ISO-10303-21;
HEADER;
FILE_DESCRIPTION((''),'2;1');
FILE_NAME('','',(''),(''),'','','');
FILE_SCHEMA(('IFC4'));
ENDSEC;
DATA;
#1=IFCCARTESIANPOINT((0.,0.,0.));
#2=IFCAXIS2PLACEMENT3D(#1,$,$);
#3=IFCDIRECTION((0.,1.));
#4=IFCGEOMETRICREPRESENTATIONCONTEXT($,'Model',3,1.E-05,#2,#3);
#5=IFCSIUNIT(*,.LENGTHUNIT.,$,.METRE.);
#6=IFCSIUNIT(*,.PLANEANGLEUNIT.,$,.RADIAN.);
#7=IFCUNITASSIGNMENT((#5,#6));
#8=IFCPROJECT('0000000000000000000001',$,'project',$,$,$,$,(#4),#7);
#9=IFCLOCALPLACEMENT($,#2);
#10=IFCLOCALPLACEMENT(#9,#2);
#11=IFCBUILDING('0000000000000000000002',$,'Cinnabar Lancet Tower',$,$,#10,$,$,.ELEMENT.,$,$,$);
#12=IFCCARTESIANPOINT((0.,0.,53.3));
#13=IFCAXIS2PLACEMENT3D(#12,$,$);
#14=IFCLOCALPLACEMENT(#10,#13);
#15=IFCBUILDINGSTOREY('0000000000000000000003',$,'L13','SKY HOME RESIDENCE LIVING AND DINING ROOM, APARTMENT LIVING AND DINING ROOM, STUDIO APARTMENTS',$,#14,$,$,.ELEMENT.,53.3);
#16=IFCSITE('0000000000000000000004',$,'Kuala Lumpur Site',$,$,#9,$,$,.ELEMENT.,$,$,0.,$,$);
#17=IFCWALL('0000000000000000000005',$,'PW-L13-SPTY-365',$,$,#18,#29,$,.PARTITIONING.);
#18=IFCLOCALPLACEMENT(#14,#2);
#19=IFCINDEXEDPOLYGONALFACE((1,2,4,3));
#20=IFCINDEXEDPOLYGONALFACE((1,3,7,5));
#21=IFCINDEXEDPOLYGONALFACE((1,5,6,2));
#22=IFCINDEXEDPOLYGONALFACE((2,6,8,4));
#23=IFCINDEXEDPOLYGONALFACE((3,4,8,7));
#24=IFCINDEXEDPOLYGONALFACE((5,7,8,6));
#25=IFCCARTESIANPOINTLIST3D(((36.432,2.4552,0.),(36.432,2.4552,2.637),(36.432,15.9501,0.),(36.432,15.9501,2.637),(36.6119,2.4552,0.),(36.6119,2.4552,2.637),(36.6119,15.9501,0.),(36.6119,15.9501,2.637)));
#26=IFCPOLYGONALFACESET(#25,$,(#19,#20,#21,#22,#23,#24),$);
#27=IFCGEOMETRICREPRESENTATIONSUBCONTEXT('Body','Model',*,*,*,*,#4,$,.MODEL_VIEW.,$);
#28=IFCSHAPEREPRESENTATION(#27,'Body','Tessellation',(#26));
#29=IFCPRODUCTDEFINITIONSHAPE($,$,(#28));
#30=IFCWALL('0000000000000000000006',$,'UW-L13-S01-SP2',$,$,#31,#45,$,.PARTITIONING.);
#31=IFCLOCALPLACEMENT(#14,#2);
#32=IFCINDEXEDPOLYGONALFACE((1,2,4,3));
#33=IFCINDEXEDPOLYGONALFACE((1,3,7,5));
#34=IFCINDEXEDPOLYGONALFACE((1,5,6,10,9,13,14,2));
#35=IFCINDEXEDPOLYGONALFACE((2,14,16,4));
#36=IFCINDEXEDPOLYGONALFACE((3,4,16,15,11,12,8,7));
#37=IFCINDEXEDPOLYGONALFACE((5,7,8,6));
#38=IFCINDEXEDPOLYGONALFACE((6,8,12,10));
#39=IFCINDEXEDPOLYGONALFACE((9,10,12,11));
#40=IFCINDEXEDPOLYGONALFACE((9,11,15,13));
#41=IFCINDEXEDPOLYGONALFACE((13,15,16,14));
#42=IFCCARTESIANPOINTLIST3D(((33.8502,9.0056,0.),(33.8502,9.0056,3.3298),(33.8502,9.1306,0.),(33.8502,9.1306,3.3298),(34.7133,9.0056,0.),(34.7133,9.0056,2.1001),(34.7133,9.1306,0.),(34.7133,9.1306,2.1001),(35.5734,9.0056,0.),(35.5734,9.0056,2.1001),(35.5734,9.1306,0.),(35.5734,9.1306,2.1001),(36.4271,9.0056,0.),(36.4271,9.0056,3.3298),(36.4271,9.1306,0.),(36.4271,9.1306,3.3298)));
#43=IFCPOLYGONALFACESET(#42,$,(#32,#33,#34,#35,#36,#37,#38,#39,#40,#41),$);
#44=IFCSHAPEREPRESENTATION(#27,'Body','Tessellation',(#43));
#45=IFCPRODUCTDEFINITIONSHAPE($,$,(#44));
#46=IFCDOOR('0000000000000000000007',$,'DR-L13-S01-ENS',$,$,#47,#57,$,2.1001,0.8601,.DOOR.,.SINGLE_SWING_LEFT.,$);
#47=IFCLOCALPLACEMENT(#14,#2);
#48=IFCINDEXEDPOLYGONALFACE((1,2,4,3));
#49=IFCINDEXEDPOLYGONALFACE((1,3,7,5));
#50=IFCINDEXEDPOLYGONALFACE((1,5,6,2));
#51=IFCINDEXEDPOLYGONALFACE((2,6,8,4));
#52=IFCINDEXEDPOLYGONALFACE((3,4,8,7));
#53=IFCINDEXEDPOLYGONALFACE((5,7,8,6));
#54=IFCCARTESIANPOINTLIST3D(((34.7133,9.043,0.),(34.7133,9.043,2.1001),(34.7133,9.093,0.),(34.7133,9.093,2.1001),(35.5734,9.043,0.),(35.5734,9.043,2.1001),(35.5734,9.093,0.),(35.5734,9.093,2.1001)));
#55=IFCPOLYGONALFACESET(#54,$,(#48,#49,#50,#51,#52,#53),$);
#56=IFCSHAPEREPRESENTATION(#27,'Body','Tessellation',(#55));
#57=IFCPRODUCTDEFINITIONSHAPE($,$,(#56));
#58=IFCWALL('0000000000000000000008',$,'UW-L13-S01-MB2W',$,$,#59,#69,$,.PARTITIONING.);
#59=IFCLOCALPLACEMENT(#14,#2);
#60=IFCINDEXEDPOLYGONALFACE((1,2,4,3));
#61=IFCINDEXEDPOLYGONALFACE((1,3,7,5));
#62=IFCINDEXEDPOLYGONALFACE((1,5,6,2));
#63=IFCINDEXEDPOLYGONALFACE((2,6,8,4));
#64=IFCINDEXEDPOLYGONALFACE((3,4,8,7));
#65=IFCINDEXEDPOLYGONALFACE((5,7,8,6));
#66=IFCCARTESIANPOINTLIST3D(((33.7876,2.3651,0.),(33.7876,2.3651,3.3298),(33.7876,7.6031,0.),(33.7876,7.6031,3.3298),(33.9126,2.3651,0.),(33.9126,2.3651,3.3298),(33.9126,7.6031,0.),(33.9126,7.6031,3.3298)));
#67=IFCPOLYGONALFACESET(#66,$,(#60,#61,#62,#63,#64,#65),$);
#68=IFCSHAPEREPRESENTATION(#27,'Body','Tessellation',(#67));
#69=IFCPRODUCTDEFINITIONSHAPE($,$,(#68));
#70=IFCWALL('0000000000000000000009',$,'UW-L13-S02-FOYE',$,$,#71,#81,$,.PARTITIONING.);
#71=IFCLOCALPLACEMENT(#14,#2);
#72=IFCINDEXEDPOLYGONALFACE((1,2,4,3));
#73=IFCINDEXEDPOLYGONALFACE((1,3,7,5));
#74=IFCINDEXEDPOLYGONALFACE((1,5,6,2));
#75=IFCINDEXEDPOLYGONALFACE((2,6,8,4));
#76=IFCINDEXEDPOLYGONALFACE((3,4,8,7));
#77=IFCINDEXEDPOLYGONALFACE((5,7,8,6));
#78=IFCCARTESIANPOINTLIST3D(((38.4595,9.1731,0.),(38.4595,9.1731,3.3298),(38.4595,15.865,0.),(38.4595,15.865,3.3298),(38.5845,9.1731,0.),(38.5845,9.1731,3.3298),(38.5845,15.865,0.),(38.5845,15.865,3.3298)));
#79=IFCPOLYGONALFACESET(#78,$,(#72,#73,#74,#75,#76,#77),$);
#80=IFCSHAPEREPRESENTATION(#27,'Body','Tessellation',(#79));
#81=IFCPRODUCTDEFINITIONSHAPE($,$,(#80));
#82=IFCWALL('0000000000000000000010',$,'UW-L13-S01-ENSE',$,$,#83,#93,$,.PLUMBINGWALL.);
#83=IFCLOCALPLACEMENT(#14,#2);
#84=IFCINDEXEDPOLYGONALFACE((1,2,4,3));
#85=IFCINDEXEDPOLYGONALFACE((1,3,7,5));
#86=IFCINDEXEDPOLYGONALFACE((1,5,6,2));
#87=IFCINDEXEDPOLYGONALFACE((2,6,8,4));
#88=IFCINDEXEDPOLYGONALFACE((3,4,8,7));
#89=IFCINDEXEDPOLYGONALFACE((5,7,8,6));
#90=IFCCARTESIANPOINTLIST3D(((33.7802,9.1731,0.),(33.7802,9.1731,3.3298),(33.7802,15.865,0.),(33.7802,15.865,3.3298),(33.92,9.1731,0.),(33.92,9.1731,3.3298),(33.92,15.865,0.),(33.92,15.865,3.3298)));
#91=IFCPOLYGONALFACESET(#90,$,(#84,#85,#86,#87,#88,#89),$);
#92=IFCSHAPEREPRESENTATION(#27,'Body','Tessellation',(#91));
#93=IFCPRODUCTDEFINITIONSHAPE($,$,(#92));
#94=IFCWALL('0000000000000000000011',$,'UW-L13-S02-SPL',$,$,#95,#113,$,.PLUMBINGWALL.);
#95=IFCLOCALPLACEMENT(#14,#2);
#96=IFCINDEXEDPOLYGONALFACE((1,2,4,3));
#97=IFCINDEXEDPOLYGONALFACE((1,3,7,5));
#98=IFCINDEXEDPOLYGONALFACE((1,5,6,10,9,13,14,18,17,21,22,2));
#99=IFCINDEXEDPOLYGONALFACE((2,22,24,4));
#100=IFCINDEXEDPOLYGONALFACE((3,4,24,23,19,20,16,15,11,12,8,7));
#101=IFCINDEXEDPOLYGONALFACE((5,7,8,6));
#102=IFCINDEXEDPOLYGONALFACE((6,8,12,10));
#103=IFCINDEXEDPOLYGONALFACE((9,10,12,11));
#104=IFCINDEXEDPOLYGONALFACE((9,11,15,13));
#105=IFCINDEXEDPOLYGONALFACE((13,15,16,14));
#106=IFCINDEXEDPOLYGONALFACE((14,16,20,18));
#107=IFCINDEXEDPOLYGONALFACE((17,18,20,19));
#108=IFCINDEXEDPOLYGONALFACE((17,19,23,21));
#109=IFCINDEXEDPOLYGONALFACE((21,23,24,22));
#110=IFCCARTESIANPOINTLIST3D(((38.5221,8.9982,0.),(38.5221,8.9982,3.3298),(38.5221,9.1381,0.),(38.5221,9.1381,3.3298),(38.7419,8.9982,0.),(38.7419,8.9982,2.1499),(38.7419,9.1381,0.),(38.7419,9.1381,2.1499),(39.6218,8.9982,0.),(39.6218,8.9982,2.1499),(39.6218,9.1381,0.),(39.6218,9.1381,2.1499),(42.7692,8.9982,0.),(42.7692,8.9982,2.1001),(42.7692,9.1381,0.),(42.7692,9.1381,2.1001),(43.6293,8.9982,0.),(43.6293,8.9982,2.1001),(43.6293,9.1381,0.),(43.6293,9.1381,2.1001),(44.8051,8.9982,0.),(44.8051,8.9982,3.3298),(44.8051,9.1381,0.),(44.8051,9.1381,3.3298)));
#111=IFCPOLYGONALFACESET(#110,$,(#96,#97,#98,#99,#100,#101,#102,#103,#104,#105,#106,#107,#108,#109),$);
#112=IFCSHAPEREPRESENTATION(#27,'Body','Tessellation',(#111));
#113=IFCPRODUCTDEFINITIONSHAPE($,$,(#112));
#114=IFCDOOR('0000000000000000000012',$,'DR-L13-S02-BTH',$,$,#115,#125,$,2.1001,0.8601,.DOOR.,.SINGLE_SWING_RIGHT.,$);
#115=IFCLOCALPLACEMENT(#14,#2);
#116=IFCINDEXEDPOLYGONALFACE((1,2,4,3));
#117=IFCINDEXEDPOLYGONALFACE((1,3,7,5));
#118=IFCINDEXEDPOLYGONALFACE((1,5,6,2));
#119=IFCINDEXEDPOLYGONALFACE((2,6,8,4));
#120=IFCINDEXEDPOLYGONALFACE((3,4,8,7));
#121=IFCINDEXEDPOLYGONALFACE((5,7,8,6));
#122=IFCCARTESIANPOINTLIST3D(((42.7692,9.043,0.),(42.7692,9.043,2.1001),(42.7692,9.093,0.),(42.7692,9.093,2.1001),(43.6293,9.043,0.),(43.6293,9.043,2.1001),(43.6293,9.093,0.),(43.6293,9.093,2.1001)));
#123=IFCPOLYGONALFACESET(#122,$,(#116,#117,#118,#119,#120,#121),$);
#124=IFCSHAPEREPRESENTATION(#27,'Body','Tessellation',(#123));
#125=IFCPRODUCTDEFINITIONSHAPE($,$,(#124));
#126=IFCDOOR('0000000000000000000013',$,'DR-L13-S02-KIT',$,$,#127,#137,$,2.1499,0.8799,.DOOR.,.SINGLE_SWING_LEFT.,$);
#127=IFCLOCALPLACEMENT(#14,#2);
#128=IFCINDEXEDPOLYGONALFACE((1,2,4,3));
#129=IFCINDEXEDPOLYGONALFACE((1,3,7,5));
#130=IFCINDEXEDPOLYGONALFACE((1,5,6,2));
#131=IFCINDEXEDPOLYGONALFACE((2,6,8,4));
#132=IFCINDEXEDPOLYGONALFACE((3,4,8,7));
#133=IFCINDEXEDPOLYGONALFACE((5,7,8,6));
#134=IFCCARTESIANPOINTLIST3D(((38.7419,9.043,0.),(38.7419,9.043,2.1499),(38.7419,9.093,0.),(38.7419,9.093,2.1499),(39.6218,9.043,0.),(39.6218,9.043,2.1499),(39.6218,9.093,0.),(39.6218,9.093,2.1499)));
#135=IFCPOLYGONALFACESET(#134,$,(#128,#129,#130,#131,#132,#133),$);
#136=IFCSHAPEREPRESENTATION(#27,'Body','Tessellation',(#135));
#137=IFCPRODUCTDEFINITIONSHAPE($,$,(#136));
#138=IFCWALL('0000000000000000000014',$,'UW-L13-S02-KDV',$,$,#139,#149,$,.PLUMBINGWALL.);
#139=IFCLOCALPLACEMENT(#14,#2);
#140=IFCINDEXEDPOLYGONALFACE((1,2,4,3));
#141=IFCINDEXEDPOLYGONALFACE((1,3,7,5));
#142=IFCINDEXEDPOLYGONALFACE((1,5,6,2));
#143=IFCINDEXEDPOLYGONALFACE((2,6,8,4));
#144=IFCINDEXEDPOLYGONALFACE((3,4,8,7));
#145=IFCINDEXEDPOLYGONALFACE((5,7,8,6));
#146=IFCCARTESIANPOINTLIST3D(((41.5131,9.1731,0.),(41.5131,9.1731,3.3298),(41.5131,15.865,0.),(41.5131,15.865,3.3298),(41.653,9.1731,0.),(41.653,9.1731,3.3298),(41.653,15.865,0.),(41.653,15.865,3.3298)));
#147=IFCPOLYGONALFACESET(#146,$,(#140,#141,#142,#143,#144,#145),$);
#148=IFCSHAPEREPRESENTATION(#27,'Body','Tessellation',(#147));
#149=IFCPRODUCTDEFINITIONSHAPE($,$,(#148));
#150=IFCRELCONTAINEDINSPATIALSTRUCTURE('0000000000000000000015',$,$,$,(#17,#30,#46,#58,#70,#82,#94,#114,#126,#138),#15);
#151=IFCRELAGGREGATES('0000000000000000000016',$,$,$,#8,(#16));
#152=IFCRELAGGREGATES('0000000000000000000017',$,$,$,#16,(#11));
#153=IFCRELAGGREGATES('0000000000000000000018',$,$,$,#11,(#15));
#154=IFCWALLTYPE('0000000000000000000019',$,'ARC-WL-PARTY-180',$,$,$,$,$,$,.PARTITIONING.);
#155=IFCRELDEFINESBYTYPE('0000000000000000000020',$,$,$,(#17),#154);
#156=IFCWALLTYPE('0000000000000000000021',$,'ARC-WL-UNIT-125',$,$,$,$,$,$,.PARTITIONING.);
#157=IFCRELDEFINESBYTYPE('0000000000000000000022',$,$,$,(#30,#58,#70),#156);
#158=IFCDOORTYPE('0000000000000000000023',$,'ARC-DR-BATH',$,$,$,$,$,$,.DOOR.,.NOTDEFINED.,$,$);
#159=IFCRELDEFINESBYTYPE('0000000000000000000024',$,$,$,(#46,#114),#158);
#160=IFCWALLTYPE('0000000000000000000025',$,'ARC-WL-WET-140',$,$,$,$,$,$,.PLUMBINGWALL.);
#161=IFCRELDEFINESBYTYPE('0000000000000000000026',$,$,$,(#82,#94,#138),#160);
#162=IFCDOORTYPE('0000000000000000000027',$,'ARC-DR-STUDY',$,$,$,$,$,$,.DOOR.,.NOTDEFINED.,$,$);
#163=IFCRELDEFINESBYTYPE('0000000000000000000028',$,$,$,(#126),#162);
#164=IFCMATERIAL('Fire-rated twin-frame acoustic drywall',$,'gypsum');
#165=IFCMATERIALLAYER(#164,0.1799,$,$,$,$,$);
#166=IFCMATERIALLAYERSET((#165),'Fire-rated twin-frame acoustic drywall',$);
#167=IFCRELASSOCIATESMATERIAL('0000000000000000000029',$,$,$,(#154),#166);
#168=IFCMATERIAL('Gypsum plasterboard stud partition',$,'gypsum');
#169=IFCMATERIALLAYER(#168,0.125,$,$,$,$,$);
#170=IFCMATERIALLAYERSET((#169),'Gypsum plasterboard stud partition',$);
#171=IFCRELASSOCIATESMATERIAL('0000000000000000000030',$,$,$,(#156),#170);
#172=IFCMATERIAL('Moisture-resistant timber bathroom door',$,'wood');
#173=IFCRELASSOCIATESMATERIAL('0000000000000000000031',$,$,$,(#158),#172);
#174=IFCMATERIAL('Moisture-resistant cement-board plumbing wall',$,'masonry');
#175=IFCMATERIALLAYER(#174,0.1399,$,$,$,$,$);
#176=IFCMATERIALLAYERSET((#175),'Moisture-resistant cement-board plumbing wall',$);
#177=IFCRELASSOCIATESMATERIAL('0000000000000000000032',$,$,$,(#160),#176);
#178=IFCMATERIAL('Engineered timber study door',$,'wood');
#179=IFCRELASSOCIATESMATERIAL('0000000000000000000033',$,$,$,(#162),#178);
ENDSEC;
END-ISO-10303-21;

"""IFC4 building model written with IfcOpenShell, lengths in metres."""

from ifc_helpers import new_model, si_unit, direction, frame, frame_2d, origin, place, context, subcontext, project, spatial, rectangle, extrude, material, layer, layer_set, type_object, element, fill, save


model = new_model("IFC4")

# Units and contexts
model_context = context("Model", 3, precision=1e-05, world=origin(), true_north=direction((0.0, 1.0)))
body_context = subcontext(model_context, "Body", "Model", "MODEL_VIEW")
ifc_project = project(units=[si_unit("LENGTHUNIT", "METRE"), si_unit("PLANEANGLEUNIT", "RADIAN")], contexts=[model_context])

# Site, building, storey
site_placement = place(None, origin())
site = spatial("IfcSite", under=ifc_project, at=site_placement, Name="Kuala Lumpur Site", CompositionType="ELEMENT", RefElevation=0.0)
building_placement = place(site_placement, origin())
building = spatial("IfcBuilding", under=site, at=building_placement, Name="Cinnabar Lancet Tower", CompositionType="ELEMENT")
storey_placement = place(building_placement, frame((0.0, 0.0, 53.3)))
storey = spatial("IfcBuildingStorey", under=building, at=storey_placement, Name="L13", Description="SKY HOME RESIDENCE LIVING AND DINING ROOM, APARTMENT LIVING AND DINING ROOM, STUDIO APARTMENTS", CompositionType="ELEMENT", Elevation=53.3)

# Wall
ifc_material_1 = material(Name="Fire-rated twin-frame acoustic drywall", Category="gypsum")
ifc_layer_1 = layer(ifc_material_1, 0.1799)
ifc_layer_set_1 = layer_set([ifc_layer_1], Name="Fire-rated twin-frame acoustic drywall")
wall_type_1 = type_object("IfcWallType", Name="ARC-WL-PARTY-180", PredefinedType="PARTITIONING", material=ifc_layer_set_1)
wall_1_placement = place(storey_placement, frame((36.522, 2.4551, 0.0), z_axis=(0.0, 0.0, 1.0), x_axis=(0.0, 1.0, 0.0)))
element("IfcWall", 1, at=wall_1_placement, inside=storey, type_object=wall_type_1, Name="PW-L13-SPTY-365", PredefinedType="PARTITIONING", context=body_context, shape_type="SweptSolid", body=[
    extrude(rectangle(XDim=13.4949, YDim=0.1799, at=frame_2d((6.7476, 0.0))), origin(), (0.0, 0.0, 1.0), 2.637),
])

# Wall, opening, door
ifc_material_2 = material(Name="Gypsum plasterboard stud partition", Category="gypsum")
ifc_layer_2 = layer(ifc_material_2, 0.125)
ifc_layer_set_2 = layer_set([ifc_layer_2], Name="Gypsum plasterboard stud partition")
wall_type_2 = type_object("IfcWallType", Name="ARC-WL-UNIT-125", PredefinedType="PARTITIONING", material=ifc_layer_set_2)
wall_2_placement = place(storey_placement, frame((33.8501, 9.0681, 0.0), z_axis=(0.0, 0.0, 1.0), x_axis=(1.0, 0.0, 0.0)))
wall_2 = element("IfcWall", 2, at=wall_2_placement, inside=storey, type_object=wall_type_2, Name="UW-L13-S01-SP2", PredefinedType="PARTITIONING", context=body_context, shape_type="SweptSolid", body=[
    extrude(rectangle(XDim=2.5769, YDim=0.125, at=frame_2d((1.2886, 0.0))), origin(), (0.0, 0.0, 1.0), 3.3298),
])
opening_1_placement = place(wall_2_placement, frame((0.863, 0.0, 0.0)))
opening_1 = element("IfcOpeningElement", 3, at=opening_1_placement, cuts=wall_2, PredefinedType="OPENING", context=body_context, shape_type="SweptSolid", body=[
    extrude(rectangle(XDim=0.8601, YDim=2.1001, at=frame_2d((0.4302, 1.05))), frame((0.0, 0.0725, 0.0), z_axis=(0.0, -1.0, 0.0), x_axis=(1.0, 0.0, 0.0)), (0.0, 0.0, 1.0), 0.145),
])
ifc_material_3 = material(Name="Moisture-resistant timber bathroom door", Category="wood")
door_type_1 = type_object("IfcDoorType", Name="ARC-DR-BATH", OperationType="NOTDEFINED", PredefinedType="DOOR", material=ifc_material_3)
door_1_placement = place(opening_1_placement, origin())
door_1 = element("IfcDoor", 4, at=door_1_placement, inside=storey, type_object=door_type_1, Name="DR-L13-S01-ENS", OperationType="SINGLE_SWING_LEFT", OverallHeight=2.1001, OverallWidth=0.8601, PredefinedType="DOOR", context=body_context, shape_type="SweptSolid", body=[
    extrude(rectangle(XDim=0.8601, YDim=2.1001, at=frame_2d((0.4302, 1.05))), frame((0.0, 0.0249, 0.0), z_axis=(0.0, -1.0, 0.0), x_axis=(1.0, 0.0, 0.0)), (0.0, 0.0, 1.0), 0.05),
])
fill(opening_1, door_1)

# Walls
wall_3_placement = place(storey_placement, frame((33.8501, 2.365, 0.0), z_axis=(0.0, 0.0, 1.0), x_axis=(0.0, 1.0, 0.0)))
element("IfcWall", 5, at=wall_3_placement, inside=storey, type_object=wall_type_2, Name="UW-L13-S01-MB2W", PredefinedType="PARTITIONING", context=body_context, shape_type="SweptSolid", body=[
    extrude(rectangle(XDim=5.238, YDim=0.125, at=frame_2d((2.6191, 0.0))), origin(), (0.0, 0.0, 1.0), 3.3298),
])
wall_4_placement = place(storey_placement, frame((38.522, 9.1731, 0.0), z_axis=(0.0, 0.0, 1.0), x_axis=(0.0, 1.0, 0.0)))
element("IfcWall", 6, at=wall_4_placement, inside=storey, type_object=wall_type_2, Name="UW-L13-S02-FOYE", PredefinedType="PARTITIONING", context=body_context, shape_type="SweptSolid", body=[
    extrude(rectangle(XDim=6.6919, YDim=0.125, at=frame_2d((3.3459, 0.0))), origin(), (0.0, 0.0, 1.0), 3.3298),
])
ifc_material_4 = material(Name="Moisture-resistant cement-board plumbing wall", Category="masonry")
ifc_layer_3 = layer(ifc_material_4, 0.1399)
ifc_layer_set_3 = layer_set([ifc_layer_3], Name="Moisture-resistant cement-board plumbing wall")
wall_type_3 = type_object("IfcWallType", Name="ARC-WL-WET-140", PredefinedType="PLUMBINGWALL", material=ifc_layer_set_3)
wall_5_placement = place(storey_placement, frame((33.8501, 9.1731, 0.0), z_axis=(0.0, 0.0, 1.0), x_axis=(0.0, 1.0, 0.0)))
element("IfcWall", 7, at=wall_5_placement, inside=storey, type_object=wall_type_3, Name="UW-L13-S01-ENSE", PredefinedType="PLUMBINGWALL", context=body_context, shape_type="SweptSolid", body=[
    extrude(rectangle(XDim=6.6919, YDim=0.1399, at=frame_2d((3.3459, 0.0))), origin(), (0.0, 0.0, 1.0), 3.3298),
])

# Wall, openings, doors
wall_6_placement = place(storey_placement, frame((38.522, 9.0681, 0.0), z_axis=(0.0, 0.0, 1.0), x_axis=(1.0, 0.0, 0.0)))
wall_6 = element("IfcWall", 8, at=wall_6_placement, inside=storey, type_object=wall_type_3, Name="UW-L13-S02-SPL", PredefinedType="PLUMBINGWALL", context=body_context, shape_type="SweptSolid", body=[
    extrude(rectangle(XDim=6.283, YDim=0.1399, at=frame_2d((3.1416, 0.0))), origin(), (0.0, 0.0, 1.0), 3.3298),
])
opening_2_placement = place(wall_6_placement, frame((4.2471, 0.0, 0.0)))
opening_2 = element("IfcOpeningElement", 9, at=opening_2_placement, cuts=wall_6, PredefinedType="OPENING", context=body_context, shape_type="SweptSolid", body=[
    extrude(rectangle(XDim=0.8601, YDim=2.1001, at=frame_2d((0.4302, 1.05))), frame((0.0, 0.0798, 0.0), z_axis=(0.0, -1.0, 0.0), x_axis=(1.0, 0.0, 0.0)), (0.0, 0.0, 1.0), 0.1599),
])
opening_3_placement = place(wall_6_placement, frame((0.22, 0.0, 0.0)))
opening_3 = element("IfcOpeningElement", 10, at=opening_3_placement, cuts=wall_6, PredefinedType="OPENING", context=body_context, shape_type="SweptSolid", body=[
    extrude(rectangle(XDim=0.8799, YDim=2.1499, at=frame_2d((0.4399, 1.075))), frame((0.0, 0.0798, 0.0), z_axis=(0.0, -1.0, 0.0), x_axis=(1.0, 0.0, 0.0)), (0.0, 0.0, 1.0), 0.1599),
])
door_2_placement = place(opening_2_placement, origin())
door_2 = element("IfcDoor", 11, at=door_2_placement, inside=storey, type_object=door_type_1, Name="DR-L13-S02-BTH", OperationType="SINGLE_SWING_RIGHT", OverallHeight=2.1001, OverallWidth=0.8601, PredefinedType="DOOR", context=body_context, shape_type="SweptSolid", body=[
    extrude(rectangle(XDim=0.8601, YDim=2.1001, at=frame_2d((0.4302, 1.05))), frame((0.0, 0.0249, 0.0), z_axis=(0.0, -1.0, 0.0), x_axis=(1.0, 0.0, 0.0)), (0.0, 0.0, 1.0), 0.05),
])
fill(opening_2, door_2)
ifc_material_5 = material(Name="Engineered timber study door", Category="wood")
door_type_2 = type_object("IfcDoorType", Name="ARC-DR-STUDY", OperationType="NOTDEFINED", PredefinedType="DOOR", material=ifc_material_5)
door_3_placement = place(opening_3_placement, origin())
door_3 = element("IfcDoor", 12, at=door_3_placement, inside=storey, type_object=door_type_2, Name="DR-L13-S02-KIT", OperationType="SINGLE_SWING_LEFT", OverallHeight=2.1499, OverallWidth=0.8799, PredefinedType="DOOR", context=body_context, shape_type="SweptSolid", body=[
    extrude(rectangle(XDim=0.8799, YDim=2.1499, at=frame_2d((0.4399, 1.075))), frame((0.0, 0.0249, 0.0), z_axis=(0.0, -1.0, 0.0), x_axis=(1.0, 0.0, 0.0)), (0.0, 0.0, 1.0), 0.05),
])
fill(opening_3, door_3)

# Wall
wall_7_placement = place(storey_placement, frame((41.583, 9.1731, 0.0), z_axis=(0.0, 0.0, 1.0), x_axis=(0.0, 1.0, 0.0)))
element("IfcWall", 13, at=wall_7_placement, inside=storey, type_object=wall_type_3, Name="UW-L13-S02-KDV", PredefinedType="PLUMBINGWALL", context=body_context, shape_type="SweptSolid", body=[
    extrude(rectangle(XDim=6.6919, YDim=0.1399, at=frame_2d((3.3459, 0.0))), origin(), (0.0, 0.0, 1.0), 3.3298),
])

save(model, "model.ifc")
